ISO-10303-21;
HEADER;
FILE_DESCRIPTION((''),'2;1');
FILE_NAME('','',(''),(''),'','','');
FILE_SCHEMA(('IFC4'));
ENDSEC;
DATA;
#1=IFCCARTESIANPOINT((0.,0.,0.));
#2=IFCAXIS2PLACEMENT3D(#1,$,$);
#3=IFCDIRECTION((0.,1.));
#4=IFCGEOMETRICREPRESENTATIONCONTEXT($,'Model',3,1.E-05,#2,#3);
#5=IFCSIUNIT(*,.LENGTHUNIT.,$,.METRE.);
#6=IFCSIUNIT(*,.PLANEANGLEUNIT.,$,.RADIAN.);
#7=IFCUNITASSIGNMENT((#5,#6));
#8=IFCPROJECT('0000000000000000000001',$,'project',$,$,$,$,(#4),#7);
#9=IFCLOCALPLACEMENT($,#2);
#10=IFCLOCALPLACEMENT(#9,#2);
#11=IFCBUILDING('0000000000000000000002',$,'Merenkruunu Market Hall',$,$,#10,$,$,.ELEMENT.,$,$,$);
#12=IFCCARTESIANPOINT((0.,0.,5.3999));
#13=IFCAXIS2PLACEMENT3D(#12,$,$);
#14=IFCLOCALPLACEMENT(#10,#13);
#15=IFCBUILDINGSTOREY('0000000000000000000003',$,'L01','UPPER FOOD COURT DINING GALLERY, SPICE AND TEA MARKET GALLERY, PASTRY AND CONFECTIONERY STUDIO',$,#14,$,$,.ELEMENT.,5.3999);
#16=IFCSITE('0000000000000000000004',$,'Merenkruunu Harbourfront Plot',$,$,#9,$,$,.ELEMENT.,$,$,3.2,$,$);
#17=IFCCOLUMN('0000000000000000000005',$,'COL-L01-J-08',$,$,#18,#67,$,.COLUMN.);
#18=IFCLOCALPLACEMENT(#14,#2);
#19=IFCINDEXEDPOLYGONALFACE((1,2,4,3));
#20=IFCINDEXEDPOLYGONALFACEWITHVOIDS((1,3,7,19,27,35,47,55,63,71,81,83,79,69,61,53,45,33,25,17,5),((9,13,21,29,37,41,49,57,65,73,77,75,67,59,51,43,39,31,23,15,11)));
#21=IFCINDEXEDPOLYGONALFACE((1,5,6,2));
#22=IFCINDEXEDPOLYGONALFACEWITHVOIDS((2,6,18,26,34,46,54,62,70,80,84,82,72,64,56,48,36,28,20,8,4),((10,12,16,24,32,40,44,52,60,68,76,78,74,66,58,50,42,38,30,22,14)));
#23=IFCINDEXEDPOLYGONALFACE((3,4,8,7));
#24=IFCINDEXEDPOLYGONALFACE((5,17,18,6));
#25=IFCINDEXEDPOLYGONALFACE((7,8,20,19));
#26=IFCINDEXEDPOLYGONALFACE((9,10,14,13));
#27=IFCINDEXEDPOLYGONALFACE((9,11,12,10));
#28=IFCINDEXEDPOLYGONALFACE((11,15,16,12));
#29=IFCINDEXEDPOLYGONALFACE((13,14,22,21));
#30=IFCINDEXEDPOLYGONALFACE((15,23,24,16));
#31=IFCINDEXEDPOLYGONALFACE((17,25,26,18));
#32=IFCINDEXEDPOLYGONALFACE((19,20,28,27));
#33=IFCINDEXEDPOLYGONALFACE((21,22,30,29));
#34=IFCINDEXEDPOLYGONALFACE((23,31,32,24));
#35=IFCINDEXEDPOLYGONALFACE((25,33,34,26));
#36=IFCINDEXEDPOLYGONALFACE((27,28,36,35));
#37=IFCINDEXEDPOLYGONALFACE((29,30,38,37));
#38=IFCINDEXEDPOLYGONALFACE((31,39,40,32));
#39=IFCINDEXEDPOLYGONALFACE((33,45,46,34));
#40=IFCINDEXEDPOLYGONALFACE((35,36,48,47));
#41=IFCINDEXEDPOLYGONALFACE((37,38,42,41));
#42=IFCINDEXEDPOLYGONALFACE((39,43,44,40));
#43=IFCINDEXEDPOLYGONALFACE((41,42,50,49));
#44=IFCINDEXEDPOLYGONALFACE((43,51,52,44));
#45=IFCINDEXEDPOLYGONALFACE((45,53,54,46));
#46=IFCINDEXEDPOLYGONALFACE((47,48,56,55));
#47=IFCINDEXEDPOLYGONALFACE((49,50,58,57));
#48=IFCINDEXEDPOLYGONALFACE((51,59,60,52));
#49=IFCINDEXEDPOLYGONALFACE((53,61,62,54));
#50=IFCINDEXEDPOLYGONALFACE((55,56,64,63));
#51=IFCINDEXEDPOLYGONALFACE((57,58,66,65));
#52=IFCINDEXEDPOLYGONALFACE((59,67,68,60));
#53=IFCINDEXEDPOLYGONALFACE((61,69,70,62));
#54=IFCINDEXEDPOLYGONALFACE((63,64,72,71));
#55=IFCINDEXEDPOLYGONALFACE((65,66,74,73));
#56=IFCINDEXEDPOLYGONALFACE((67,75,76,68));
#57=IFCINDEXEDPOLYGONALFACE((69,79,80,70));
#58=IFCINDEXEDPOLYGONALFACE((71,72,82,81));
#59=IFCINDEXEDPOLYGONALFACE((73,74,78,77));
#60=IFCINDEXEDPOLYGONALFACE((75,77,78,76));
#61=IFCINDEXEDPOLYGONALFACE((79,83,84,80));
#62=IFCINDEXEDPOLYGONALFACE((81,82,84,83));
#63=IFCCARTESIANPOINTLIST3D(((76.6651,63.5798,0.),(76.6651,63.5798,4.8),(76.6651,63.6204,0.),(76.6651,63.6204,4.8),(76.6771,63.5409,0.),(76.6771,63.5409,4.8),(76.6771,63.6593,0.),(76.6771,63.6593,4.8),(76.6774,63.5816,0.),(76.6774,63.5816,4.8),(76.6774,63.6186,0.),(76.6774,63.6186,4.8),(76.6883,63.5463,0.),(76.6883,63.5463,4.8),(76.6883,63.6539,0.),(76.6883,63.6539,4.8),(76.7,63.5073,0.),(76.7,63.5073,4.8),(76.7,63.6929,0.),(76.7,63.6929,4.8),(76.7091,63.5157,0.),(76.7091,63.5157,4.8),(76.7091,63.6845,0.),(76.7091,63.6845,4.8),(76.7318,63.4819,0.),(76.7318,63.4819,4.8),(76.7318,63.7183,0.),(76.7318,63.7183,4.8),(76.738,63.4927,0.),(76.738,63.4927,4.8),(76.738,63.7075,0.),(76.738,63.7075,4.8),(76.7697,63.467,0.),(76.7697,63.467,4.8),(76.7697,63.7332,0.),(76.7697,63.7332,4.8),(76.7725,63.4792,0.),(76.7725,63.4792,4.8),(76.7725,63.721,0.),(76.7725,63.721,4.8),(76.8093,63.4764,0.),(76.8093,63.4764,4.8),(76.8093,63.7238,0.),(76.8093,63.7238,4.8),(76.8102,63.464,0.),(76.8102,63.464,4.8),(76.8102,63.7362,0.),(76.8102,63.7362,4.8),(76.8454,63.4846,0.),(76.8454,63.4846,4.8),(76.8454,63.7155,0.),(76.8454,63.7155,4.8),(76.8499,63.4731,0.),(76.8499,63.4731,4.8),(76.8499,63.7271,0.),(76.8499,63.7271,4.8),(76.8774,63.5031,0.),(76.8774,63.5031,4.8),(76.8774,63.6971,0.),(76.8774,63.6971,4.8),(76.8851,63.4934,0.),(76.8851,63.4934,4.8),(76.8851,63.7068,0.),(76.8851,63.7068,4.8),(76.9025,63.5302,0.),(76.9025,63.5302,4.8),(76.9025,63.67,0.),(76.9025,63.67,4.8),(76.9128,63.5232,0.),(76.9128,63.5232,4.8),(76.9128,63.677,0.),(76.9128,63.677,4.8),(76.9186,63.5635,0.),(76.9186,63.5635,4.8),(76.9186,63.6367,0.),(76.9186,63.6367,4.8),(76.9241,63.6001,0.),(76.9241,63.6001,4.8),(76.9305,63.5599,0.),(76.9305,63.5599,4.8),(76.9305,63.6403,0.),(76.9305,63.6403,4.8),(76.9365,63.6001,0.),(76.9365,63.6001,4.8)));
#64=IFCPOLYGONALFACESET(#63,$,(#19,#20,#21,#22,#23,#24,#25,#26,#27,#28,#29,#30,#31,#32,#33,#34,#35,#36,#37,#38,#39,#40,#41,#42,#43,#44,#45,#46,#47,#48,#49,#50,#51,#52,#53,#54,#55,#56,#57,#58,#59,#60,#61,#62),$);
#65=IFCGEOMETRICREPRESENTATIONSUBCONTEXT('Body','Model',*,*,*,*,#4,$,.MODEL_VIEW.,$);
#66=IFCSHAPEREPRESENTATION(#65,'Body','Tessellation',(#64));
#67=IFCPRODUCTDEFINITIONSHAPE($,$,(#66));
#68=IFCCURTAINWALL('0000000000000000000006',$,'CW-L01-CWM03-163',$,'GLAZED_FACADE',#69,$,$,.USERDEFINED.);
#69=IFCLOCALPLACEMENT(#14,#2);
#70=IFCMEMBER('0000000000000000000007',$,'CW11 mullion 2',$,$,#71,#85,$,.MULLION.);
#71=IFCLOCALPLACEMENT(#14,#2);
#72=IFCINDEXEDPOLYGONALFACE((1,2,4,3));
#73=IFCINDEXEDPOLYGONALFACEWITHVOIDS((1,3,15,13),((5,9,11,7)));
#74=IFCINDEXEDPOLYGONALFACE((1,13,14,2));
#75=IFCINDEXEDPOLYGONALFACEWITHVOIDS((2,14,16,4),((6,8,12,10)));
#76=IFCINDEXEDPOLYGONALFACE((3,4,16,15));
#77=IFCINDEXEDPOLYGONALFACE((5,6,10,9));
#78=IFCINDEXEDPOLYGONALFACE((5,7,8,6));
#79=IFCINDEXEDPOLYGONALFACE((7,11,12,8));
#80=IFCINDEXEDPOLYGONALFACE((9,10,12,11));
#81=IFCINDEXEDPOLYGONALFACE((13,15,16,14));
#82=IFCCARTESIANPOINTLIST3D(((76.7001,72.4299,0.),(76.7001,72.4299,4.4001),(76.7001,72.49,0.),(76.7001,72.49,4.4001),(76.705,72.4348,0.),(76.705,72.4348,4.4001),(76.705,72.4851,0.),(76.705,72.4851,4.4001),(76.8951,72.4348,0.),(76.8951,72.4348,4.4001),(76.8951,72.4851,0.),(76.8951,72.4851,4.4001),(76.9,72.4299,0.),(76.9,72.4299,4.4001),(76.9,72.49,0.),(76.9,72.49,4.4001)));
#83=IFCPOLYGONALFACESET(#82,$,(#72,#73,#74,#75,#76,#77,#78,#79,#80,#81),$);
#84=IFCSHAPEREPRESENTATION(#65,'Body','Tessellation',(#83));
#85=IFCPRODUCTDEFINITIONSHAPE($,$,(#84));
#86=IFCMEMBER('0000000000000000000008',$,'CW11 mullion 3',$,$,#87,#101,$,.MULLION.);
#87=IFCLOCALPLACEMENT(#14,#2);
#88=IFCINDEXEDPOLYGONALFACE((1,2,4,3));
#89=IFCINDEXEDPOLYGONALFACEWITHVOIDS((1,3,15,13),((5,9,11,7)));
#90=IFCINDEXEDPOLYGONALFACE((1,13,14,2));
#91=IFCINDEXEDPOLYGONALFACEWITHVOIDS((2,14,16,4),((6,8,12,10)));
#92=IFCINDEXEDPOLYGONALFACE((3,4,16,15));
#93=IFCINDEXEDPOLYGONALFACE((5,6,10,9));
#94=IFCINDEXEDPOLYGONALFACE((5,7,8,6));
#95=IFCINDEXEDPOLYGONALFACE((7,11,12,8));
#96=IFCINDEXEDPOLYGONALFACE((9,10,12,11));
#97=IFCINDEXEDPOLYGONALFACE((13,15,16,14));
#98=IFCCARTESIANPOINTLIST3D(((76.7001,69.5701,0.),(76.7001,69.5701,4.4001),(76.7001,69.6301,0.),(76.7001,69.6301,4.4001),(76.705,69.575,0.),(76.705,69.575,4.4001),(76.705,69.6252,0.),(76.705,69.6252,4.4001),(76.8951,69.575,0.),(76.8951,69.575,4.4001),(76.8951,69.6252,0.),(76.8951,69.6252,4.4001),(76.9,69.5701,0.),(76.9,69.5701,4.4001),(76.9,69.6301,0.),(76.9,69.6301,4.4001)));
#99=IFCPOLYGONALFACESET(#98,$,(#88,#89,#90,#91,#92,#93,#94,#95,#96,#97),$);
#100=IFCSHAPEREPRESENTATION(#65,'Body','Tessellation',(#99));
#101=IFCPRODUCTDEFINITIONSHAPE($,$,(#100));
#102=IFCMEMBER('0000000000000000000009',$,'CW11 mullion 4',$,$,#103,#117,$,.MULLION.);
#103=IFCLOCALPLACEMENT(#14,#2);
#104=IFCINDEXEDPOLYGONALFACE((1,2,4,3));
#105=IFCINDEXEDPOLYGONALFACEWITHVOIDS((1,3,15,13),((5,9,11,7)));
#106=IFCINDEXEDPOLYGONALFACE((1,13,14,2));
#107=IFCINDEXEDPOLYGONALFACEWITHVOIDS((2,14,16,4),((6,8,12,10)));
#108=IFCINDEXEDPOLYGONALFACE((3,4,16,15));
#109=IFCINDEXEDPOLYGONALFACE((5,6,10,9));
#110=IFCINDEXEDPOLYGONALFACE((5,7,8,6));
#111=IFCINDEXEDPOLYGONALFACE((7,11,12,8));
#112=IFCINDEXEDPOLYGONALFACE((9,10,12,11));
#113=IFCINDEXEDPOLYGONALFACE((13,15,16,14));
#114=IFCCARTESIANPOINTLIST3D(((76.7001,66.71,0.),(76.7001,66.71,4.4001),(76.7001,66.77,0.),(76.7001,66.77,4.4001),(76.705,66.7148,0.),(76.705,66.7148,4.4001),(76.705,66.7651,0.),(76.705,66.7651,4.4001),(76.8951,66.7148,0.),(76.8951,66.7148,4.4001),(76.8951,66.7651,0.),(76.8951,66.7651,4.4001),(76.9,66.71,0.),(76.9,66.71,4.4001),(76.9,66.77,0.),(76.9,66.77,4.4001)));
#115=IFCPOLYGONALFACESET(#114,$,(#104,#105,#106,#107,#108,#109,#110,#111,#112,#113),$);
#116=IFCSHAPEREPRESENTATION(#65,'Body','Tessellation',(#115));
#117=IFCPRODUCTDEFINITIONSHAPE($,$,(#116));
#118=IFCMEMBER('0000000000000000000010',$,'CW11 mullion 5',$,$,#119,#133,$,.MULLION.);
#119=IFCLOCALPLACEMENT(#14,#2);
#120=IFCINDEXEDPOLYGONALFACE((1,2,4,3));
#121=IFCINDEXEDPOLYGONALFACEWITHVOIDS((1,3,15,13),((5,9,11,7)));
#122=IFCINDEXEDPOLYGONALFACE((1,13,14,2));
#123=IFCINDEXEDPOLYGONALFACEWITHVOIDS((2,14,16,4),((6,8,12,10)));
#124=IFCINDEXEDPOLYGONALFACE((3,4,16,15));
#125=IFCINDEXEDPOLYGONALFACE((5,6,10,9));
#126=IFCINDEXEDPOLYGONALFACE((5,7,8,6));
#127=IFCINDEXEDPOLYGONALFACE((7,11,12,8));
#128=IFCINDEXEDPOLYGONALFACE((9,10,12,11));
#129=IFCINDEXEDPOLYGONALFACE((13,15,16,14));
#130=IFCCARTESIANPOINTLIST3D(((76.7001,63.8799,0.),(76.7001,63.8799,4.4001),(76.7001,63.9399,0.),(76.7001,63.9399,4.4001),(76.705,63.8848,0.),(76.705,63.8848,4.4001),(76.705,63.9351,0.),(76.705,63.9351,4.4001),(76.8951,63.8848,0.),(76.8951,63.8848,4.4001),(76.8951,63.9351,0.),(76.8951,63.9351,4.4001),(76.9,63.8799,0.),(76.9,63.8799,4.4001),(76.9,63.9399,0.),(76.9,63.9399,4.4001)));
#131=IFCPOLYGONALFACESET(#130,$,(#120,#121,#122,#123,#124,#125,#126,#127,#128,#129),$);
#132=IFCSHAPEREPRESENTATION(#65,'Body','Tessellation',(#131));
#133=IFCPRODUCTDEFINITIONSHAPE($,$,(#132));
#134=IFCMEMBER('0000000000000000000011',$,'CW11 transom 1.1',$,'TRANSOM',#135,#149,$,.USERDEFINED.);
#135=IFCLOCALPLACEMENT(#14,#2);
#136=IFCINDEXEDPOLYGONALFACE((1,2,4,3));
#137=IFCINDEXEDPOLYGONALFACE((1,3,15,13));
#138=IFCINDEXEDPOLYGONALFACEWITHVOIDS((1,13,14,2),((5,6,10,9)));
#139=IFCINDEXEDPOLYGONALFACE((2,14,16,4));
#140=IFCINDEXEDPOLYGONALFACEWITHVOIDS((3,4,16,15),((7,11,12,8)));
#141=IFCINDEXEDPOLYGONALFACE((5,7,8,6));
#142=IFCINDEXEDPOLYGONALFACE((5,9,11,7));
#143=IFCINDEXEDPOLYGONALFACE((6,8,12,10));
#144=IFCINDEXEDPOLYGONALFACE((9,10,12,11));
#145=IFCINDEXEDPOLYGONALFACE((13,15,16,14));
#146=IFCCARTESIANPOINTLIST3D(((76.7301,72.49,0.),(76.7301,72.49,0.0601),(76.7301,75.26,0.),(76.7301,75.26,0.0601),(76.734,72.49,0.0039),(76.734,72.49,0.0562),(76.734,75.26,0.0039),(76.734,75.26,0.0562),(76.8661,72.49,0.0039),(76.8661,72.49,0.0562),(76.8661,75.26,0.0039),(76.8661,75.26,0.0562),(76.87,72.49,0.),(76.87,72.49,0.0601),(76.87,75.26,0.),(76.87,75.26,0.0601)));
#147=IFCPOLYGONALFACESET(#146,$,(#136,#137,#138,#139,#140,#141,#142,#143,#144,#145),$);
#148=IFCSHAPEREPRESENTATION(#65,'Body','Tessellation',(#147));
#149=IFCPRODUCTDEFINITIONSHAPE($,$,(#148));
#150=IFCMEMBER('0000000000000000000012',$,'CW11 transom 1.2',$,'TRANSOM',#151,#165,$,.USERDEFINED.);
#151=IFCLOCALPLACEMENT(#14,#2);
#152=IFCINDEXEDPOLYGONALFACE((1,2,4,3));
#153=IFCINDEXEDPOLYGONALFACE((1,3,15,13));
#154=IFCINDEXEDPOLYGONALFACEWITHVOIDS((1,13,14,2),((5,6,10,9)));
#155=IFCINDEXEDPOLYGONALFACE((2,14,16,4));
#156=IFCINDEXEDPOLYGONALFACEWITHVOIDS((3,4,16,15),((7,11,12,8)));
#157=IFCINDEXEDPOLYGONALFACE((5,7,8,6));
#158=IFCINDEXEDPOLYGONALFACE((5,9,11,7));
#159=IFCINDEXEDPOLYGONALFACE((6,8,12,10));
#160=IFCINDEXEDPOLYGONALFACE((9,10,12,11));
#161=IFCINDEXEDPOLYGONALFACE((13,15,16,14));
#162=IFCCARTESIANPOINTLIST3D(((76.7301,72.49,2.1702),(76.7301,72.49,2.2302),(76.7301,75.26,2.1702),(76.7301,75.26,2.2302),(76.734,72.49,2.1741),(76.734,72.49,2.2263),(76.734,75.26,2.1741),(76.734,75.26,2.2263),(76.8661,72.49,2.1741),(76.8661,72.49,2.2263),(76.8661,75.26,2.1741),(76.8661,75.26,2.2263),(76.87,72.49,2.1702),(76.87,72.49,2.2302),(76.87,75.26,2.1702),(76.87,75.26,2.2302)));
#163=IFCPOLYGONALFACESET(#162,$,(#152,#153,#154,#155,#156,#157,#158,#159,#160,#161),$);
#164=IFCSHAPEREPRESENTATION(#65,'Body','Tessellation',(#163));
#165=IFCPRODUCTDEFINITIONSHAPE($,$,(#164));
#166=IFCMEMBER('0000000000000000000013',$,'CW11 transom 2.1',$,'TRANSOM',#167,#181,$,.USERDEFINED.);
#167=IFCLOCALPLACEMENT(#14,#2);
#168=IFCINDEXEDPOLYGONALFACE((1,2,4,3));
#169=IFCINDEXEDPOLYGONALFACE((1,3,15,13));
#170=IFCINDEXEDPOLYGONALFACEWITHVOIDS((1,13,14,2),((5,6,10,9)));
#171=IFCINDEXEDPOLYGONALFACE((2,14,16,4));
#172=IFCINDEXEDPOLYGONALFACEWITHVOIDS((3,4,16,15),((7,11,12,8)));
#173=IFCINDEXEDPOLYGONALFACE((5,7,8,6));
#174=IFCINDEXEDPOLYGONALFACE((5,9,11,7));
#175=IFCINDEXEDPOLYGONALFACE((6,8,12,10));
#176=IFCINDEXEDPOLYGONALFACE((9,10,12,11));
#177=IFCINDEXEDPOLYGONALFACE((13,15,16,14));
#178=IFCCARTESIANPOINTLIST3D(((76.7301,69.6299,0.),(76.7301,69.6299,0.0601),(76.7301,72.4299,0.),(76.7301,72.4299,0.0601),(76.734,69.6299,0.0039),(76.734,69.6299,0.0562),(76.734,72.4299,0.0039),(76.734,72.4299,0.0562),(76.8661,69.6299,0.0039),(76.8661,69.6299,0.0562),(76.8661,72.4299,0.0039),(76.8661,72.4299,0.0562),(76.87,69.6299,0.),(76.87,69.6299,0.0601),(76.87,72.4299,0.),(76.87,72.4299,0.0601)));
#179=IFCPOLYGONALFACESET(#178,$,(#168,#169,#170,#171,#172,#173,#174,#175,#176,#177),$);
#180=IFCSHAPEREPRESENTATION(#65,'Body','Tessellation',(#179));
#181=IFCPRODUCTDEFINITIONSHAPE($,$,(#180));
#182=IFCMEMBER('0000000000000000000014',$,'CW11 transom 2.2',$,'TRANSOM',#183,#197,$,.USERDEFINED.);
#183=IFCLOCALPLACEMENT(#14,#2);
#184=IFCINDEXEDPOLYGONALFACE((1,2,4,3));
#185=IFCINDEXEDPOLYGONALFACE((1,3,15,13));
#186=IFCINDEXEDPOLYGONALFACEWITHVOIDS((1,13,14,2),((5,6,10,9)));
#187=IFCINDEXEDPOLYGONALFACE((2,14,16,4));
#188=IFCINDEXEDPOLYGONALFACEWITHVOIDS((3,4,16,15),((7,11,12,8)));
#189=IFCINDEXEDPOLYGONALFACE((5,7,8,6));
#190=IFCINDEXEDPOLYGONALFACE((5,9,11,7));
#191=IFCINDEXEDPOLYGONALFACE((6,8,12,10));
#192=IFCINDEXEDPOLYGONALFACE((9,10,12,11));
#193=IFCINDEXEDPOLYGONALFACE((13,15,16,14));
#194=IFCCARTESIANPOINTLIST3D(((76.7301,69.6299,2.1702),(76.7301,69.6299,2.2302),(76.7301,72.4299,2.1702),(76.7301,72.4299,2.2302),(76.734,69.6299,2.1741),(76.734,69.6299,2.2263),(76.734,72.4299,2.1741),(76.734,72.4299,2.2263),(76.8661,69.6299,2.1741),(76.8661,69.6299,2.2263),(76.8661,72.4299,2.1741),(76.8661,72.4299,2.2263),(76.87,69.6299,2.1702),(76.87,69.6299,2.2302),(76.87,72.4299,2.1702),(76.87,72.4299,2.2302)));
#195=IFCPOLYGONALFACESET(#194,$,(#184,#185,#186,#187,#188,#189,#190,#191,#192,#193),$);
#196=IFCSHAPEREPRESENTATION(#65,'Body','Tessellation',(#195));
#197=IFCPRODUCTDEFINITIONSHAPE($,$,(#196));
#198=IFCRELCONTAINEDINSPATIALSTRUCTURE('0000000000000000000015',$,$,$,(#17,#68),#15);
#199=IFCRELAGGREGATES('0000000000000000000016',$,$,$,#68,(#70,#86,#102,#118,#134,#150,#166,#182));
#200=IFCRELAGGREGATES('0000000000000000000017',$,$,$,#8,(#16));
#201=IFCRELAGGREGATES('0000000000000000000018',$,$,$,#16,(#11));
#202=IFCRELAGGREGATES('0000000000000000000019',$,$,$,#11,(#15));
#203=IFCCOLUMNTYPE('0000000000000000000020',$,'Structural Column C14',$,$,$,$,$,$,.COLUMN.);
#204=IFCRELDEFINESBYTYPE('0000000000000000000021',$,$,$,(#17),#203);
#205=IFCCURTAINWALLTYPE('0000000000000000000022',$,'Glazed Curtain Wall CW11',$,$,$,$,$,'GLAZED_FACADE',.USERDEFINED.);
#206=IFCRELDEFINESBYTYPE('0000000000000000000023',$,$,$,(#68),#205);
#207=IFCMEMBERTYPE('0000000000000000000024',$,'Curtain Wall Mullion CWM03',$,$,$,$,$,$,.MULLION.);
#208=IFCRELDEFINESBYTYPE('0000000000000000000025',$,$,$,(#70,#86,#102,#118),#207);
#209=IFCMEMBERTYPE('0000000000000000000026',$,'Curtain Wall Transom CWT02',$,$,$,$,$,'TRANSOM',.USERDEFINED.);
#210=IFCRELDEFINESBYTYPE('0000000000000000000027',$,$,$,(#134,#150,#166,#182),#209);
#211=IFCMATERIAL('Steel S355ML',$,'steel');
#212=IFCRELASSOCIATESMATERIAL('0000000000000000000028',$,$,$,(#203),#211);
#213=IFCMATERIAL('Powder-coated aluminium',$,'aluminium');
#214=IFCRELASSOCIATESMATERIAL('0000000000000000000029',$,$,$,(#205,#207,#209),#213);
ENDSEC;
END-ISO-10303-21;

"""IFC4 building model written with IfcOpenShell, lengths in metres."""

from ifc_helpers import new_model, si_unit, direction, frame, origin, origin_2d, place, context, subcontext, project, spatial, hollow_rectangle, hollow_circle, extrude, material, material_profile, profile_set, type_object, element, aggregate, save


model = new_model("IFC4")

# Units and contexts
model_context = context("Model", 3, precision=1e-05, world=origin(), true_north=direction((0.0, 1.0)))
body_context = subcontext(model_context, "Body", "Model", "MODEL_VIEW")
ifc_project = project(units=[si_unit("LENGTHUNIT", "METRE"), si_unit("PLANEANGLEUNIT", "RADIAN")], contexts=[model_context])

# Site, building, storey
site_placement = place(None, origin())
site = spatial("IfcSite", under=ifc_project, at=site_placement, Name="Merenkruunu Harbourfront Plot", CompositionType="ELEMENT", RefElevation=3.2)
building_placement = place(site_placement, origin())
building = spatial("IfcBuilding", under=site, at=building_placement, Name="Merenkruunu Market Hall", CompositionType="ELEMENT")
storey_placement = place(building_placement, frame((0.0, 0.0, 5.3999)))
storey = spatial("IfcBuildingStorey", under=building, at=storey_placement, Name="L01", Description="UPPER FOOD COURT DINING GALLERY, SPICE AND TEA MARKET GALLERY, PASTRY AND CONFECTIONERY STUDIO", CompositionType="ELEMENT", Elevation=5.3999)

# Column
ifc_material_1 = material(Name="Steel S355ML", Category="steel")
ifc_material_profile_1 = material_profile(ifc_material_1, hollow_circle(Radius=0.1365, WallThickness=0.0125, at=origin_2d()), Name="CHS 273x12.5")
ifc_profile_set_1 = profile_set([ifc_material_profile_1], Name="Steel S355ML")
column_type = type_object("IfcColumnType", Name="Structural Column C14", PredefinedType="COLUMN", material=ifc_profile_set_1)
column_placement = place(storey_placement, frame((76.8, 63.6001, 0.0), z_axis=(0.0, 0.0, 1.0), x_axis=(1.0, 0.0, 0.0)))
element("IfcColumn", 1, at=column_placement, inside=storey, type_object=column_type, Name="COL-L01-J-08", PredefinedType="COLUMN", context=body_context, shape_type="SweptSolid", body=[
    extrude(hollow_circle(Radius=0.1365, WallThickness=0.0125, at=origin_2d()), origin(), (0.0, 0.0, 1.0), 4.8),
])

# Curtain wall, members
ifc_material_2 = material(Name="Powder-coated aluminium", Category="aluminium")
curtain_wall_type = type_object("IfcCurtainWallType", Name="Glazed Curtain Wall CW11", ElementType="GLAZED_FACADE", PredefinedType="USERDEFINED", material=ifc_material_2)
curtain_wall_placement = place(storey_placement, origin())
curtain_wall = element("IfcCurtainWall", 2, at=curtain_wall_placement, inside=storey, type_object=curtain_wall_type, Name="CW-L01-CWM03-163", ObjectType="GLAZED_FACADE", PredefinedType="USERDEFINED")
ifc_material_profile_2 = material_profile(ifc_material_2, hollow_rectangle(XDim=0.0601, YDim=0.2, WallThickness=0.0049, at=origin_2d()), Name="ALU 60x200x5")
ifc_profile_set_2 = profile_set([ifc_material_profile_2], Name="Powder-coated aluminium")
member_type_1 = type_object("IfcMemberType", Name="Curtain Wall Mullion CWM03", PredefinedType="MULLION", material=ifc_profile_set_2)
member_1_placement = place(storey_placement, frame((76.8, 72.46, 0.0), z_axis=(0.0, 0.0, 1.0), x_axis=(0.0, -1.0, 0.0)))
member_1 = element("IfcMember", 3, at=member_1_placement, type_object=member_type_1, Name="CW11 mullion 2", PredefinedType="MULLION", context=body_context, shape_type="SweptSolid", body=[
    extrude(hollow_rectangle(XDim=0.0601, YDim=0.2, WallThickness=0.0049, at=origin_2d()), origin(), (0.0, 0.0, 1.0), 4.4001),
])
member_2_placement = place(storey_placement, frame((76.8, 69.6001, 0.0), z_axis=(0.0, 0.0, 1.0), x_axis=(0.0, -1.0, 0.0)))
member_2 = element("IfcMember", 4, at=member_2_placement, type_object=member_type_1, Name="CW11 mullion 3", PredefinedType="MULLION", context=body_context, shape_type="SweptSolid", body=[
    extrude(hollow_rectangle(XDim=0.0601, YDim=0.2, WallThickness=0.0049, at=origin_2d()), origin(), (0.0, 0.0, 1.0), 4.4001),
])
member_3_placement = place(storey_placement, frame((76.8, 66.74, 0.0), z_axis=(0.0, 0.0, 1.0), x_axis=(0.0, -1.0, 0.0)))
member_3 = element("IfcMember", 5, at=member_3_placement, type_object=member_type_1, Name="CW11 mullion 4", PredefinedType="MULLION", context=body_context, shape_type="SweptSolid", body=[
    extrude(hollow_rectangle(XDim=0.0601, YDim=0.2, WallThickness=0.0049, at=origin_2d()), origin(), (0.0, 0.0, 1.0), 4.4001),
])
member_4_placement = place(storey_placement, frame((76.8, 63.9099, 0.0), z_axis=(0.0, 0.0, 1.0), x_axis=(0.0, -1.0, 0.0)))
member_4 = element("IfcMember", 6, at=member_4_placement, type_object=member_type_1, Name="CW11 mullion 5", PredefinedType="MULLION", context=body_context, shape_type="SweptSolid", body=[
    extrude(hollow_rectangle(XDim=0.0601, YDim=0.2, WallThickness=0.0049, at=origin_2d()), origin(), (0.0, 0.0, 1.0), 4.4001),
])
ifc_material_profile_3 = material_profile(ifc_material_2, hollow_rectangle(XDim=0.0601, YDim=0.1399, WallThickness=0.0039, at=origin_2d()), Name="ALU 60x140x4")
ifc_profile_set_3 = profile_set([ifc_material_profile_3], Name="Powder-coated aluminium")
member_type_2 = type_object("IfcMemberType", Name="Curtain Wall Transom CWT02", ElementType="TRANSOM", PredefinedType="USERDEFINED", material=ifc_profile_set_3)
member_5_placement = place(storey_placement, frame((76.8, 75.26, 0.03), z_axis=(0.0, -1.0, 0.0), x_axis=(0.0, 0.0, 1.0)))
member_5 = element("IfcMember", 7, at=member_5_placement, type_object=member_type_2, Name="CW11 transom 1.1", ObjectType="TRANSOM", PredefinedType="USERDEFINED", context=body_context, shape_type="SweptSolid", body=[
    extrude(hollow_rectangle(XDim=0.0601, YDim=0.1399, WallThickness=0.0039, at=origin_2d()), origin(), (0.0, 0.0, 1.0), 2.77),
])
member_6_placement = place(storey_placement, frame((76.8, 75.26, 2.2002), z_axis=(0.0, -1.0, 0.0), x_axis=(0.0, 0.0, 1.0)))
member_6 = element("IfcMember", 8, at=member_6_placement, type_object=member_type_2, Name="CW11 transom 1.2", ObjectType="TRANSOM", PredefinedType="USERDEFINED", context=body_context, shape_type="SweptSolid", body=[
    extrude(hollow_rectangle(XDim=0.0601, YDim=0.1399, WallThickness=0.0039, at=origin_2d()), origin(), (0.0, 0.0, 1.0), 2.77),
])
member_7_placement = place(storey_placement, frame((76.8, 72.4299, 0.03), z_axis=(0.0, -1.0, 0.0), x_axis=(0.0, 0.0, 1.0)))
member_7 = element("IfcMember", 9, at=member_7_placement, type_object=member_type_2, Name="CW11 transom 2.1", ObjectType="TRANSOM", PredefinedType="USERDEFINED", context=body_context, shape_type="SweptSolid", body=[
    extrude(hollow_rectangle(XDim=0.0601, YDim=0.1399, WallThickness=0.0039, at=origin_2d()), origin(), (0.0, 0.0, 1.0), 2.8),
])
member_8_placement = place(storey_placement, frame((76.8, 72.4299, 2.2002), z_axis=(0.0, -1.0, 0.0), x_axis=(0.0, 0.0, 1.0)))
member_8 = element("IfcMember", 10, at=member_8_placement, type_object=member_type_2, Name="CW11 transom 2.2", ObjectType="TRANSOM", PredefinedType="USERDEFINED", context=body_context, shape_type="SweptSolid", body=[
    extrude(hollow_rectangle(XDim=0.0601, YDim=0.1399, WallThickness=0.0039, at=origin_2d()), origin(), (0.0, 0.0, 1.0), 2.8),
])

aggregate(curtain_wall, [member_1, member_2, member_3, member_4, member_5, member_6, member_7, member_8])

save(model, "model.ifc")
